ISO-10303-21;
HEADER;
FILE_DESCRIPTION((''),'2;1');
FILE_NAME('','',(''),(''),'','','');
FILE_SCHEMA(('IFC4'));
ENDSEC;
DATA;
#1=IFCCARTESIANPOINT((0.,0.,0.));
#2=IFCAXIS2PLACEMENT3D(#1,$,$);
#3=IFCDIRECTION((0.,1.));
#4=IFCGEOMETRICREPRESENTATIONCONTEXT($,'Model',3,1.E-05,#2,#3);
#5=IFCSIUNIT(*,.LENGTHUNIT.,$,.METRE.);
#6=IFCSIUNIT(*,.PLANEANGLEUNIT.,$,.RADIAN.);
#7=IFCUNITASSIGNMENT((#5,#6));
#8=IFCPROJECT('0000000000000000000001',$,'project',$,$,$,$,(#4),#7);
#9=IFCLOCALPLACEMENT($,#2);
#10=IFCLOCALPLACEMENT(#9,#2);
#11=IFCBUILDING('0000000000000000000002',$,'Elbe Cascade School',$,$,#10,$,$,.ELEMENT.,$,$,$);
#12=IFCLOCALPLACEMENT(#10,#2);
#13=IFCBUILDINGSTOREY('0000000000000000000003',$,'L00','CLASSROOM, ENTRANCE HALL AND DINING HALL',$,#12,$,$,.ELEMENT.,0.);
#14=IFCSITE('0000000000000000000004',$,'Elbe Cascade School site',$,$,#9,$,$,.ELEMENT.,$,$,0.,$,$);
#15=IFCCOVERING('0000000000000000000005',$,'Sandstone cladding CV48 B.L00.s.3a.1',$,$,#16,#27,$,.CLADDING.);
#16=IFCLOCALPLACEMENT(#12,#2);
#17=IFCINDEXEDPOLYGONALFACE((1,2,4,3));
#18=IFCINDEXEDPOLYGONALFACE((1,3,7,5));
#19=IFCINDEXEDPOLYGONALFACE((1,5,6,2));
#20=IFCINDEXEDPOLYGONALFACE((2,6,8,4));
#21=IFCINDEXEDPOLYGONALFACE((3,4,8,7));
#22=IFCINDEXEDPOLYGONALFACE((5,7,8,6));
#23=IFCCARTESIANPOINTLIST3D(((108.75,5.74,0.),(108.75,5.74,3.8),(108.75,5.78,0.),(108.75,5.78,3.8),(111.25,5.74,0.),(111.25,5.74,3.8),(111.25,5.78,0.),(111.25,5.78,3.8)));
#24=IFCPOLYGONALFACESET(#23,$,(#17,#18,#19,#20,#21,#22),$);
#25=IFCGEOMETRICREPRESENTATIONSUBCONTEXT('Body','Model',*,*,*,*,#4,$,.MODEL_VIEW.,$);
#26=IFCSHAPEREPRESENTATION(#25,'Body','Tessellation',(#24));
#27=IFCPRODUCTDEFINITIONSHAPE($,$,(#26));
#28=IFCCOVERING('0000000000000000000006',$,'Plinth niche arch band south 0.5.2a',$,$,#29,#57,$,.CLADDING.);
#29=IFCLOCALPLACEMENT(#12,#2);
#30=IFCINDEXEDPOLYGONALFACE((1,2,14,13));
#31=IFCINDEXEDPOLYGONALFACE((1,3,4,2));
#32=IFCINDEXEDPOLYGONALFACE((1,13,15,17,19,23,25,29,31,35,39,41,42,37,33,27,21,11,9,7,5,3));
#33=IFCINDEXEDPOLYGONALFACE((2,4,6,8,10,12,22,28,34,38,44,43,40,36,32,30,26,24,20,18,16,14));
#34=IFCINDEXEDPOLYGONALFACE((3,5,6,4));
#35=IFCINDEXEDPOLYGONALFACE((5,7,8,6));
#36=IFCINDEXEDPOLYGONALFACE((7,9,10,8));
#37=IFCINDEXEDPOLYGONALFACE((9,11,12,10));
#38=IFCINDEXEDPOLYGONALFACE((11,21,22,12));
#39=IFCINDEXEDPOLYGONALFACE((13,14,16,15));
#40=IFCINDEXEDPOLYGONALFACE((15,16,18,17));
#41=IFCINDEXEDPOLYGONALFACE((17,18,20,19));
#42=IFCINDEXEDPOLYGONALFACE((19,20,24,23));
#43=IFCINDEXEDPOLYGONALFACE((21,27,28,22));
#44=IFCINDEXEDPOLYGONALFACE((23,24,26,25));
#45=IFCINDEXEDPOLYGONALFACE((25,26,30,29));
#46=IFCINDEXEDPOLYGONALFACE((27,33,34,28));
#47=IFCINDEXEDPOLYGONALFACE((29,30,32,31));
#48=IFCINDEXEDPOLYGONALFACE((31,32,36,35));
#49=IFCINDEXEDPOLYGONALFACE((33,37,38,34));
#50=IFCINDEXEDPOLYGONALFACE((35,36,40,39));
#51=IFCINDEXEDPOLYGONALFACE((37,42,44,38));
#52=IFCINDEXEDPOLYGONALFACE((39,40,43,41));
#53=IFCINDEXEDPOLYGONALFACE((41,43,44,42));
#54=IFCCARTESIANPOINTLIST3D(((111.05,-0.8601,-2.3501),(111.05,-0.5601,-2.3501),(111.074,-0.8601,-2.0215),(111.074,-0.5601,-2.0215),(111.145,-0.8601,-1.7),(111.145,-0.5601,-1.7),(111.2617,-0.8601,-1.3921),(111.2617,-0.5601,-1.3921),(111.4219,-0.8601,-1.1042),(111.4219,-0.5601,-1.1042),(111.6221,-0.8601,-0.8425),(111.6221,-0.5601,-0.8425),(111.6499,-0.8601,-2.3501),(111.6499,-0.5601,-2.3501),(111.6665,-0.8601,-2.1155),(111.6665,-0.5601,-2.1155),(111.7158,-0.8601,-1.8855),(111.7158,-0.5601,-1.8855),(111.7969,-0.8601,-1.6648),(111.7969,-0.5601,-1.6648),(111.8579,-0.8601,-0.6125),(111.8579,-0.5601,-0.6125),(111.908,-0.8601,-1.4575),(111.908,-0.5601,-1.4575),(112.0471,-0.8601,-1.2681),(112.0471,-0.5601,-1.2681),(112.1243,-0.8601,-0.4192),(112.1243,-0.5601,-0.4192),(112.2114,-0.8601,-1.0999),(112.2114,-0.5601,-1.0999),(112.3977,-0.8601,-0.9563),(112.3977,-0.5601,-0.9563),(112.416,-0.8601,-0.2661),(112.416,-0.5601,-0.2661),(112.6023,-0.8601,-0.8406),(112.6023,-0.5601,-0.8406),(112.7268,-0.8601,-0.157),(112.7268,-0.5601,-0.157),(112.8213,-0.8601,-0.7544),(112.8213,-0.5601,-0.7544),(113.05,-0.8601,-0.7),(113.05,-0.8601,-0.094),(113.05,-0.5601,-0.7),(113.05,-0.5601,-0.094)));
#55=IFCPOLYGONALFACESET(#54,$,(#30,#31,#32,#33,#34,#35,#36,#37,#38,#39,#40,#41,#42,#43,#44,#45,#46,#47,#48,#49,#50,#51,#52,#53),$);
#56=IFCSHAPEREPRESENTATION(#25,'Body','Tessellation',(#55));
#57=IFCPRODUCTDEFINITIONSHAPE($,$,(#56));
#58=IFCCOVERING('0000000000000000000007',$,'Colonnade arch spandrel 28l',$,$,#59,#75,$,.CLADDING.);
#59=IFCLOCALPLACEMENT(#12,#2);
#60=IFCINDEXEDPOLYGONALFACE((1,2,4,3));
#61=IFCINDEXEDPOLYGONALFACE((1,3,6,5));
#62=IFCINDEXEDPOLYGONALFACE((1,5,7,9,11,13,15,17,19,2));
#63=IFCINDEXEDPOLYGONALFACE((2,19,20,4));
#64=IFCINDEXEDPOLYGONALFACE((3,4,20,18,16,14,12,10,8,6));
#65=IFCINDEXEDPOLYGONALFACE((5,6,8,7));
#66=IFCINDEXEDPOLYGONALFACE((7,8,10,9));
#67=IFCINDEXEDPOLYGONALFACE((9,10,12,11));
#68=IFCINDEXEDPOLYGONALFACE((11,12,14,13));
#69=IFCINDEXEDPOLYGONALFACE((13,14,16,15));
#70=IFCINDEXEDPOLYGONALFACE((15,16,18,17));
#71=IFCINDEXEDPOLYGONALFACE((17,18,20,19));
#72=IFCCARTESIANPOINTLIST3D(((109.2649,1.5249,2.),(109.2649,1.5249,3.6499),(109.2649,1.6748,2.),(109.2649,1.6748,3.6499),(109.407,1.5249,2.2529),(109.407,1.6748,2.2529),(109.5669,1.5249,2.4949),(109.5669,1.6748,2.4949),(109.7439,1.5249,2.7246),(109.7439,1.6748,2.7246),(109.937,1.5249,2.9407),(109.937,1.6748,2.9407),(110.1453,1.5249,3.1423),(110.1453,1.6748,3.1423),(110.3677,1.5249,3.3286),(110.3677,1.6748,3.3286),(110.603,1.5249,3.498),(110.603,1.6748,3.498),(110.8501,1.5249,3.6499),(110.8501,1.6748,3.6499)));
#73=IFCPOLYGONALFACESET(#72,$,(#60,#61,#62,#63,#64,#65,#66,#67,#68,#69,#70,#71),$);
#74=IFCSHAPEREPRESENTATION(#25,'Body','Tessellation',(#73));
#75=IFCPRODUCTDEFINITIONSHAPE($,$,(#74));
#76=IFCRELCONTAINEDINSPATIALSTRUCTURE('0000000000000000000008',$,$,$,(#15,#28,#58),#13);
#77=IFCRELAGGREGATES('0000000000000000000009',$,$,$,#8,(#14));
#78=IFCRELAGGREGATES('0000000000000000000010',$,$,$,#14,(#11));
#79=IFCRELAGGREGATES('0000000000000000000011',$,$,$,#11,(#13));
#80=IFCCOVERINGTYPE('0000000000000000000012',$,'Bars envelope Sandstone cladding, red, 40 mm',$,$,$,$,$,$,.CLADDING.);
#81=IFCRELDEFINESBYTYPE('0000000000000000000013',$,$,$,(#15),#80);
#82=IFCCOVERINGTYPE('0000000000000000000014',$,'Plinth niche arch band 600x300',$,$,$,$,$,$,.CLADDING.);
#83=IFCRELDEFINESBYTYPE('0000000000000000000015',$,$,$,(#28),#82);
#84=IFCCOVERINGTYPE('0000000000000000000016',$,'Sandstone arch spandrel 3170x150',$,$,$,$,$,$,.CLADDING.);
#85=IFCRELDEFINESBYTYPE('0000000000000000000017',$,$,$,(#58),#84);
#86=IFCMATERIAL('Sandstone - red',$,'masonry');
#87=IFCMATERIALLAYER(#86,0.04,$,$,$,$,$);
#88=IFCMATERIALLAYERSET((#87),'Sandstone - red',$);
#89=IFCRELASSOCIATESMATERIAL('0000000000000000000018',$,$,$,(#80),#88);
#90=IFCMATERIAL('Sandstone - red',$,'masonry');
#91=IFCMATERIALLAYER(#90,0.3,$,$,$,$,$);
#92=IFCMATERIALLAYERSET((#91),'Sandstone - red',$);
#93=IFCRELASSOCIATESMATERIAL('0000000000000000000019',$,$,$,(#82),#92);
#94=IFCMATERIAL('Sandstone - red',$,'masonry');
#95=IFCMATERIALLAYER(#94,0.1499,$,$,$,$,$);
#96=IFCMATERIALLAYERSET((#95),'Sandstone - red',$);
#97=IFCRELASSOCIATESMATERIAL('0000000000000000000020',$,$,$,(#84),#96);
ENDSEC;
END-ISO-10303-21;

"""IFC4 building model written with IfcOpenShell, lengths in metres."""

from ifc_helpers import new_model, si_unit, direction, frame, origin, origin_2d, place, context, subcontext, project, spatial, polyline, rectangle, outline, extrude, material, layer, layer_set, type_object, element, save


model = new_model("IFC4")

# Units and contexts
model_context = context("Model", 3, precision=1e-05, world=origin(), true_north=direction((0.0, 1.0)))
body_context = subcontext(model_context, "Body", "Model", "MODEL_VIEW")
ifc_project = project(units=[si_unit("LENGTHUNIT", "METRE"), si_unit("PLANEANGLEUNIT", "RADIAN")], contexts=[model_context])

# Site, building, storey
site_placement = place(None, origin())
site = spatial("IfcSite", under=ifc_project, at=site_placement, Name="Elbe Cascade School site", CompositionType="ELEMENT", RefElevation=0.0)
building_placement = place(site_placement, origin())
building = spatial("IfcBuilding", under=site, at=building_placement, Name="Elbe Cascade School", CompositionType="ELEMENT")
storey_placement = place(building_placement, origin())
storey = spatial("IfcBuildingStorey", under=building, at=storey_placement, Name="L00", Description="CLASSROOM, ENTRANCE HALL AND DINING HALL", CompositionType="ELEMENT", Elevation=0.0)

# Coverings
ifc_material_1 = material(Name="Sandstone - red", Category="masonry")
ifc_layer_1 = layer(ifc_material_1, 0.04)
ifc_layer_set_1 = layer_set([ifc_layer_1], Name="Sandstone - red")
covering_type_1 = type_object("IfcCoveringType", Name="Bars envelope Sandstone cladding, red, 40 mm", PredefinedType="CLADDING", material=ifc_layer_set_1)
covering_1_placement = place(storey_placement, frame((110.0, 5.76, 0.0), z_axis=(0.0, 0.0, 1.0), x_axis=(1.0, 0.0, 0.0)))
element("IfcCovering", 1, at=covering_1_placement, inside=storey, type_object=covering_type_1, Name="Sandstone cladding CV48 B.L00.s.3a.1", PredefinedType="CLADDING", context=body_context, shape_type="SweptSolid", body=[
    extrude(rectangle(XDim=2.5, YDim=0.04, at=origin_2d()), origin(), (0.0, 0.0, 1.0), 3.8),
])
ifc_material_2 = material(Name="Sandstone - red", Category="masonry")
ifc_layer_2 = layer(ifc_material_2, 0.3)
ifc_layer_set_2 = layer_set([ifc_layer_2], Name="Sandstone - red")
covering_type_2 = type_object("IfcCoveringType", Name="Plinth niche arch band 600x300", PredefinedType="CLADDING", material=ifc_layer_set_2)
covering_2_placement = place(storey_placement, frame((111.05, -0.8601, -2.3501), z_axis=(0.0, -1.0, 0.0), x_axis=(1.0, 0.0, 0.0)))
element("IfcCovering", 2, at=covering_2_placement, inside=storey, type_object=covering_type_2, Name="Plinth niche arch band south 0.5.2a", PredefinedType="CLADDING", context=body_context, shape_type="SweptSolid", body=[
    extrude(outline(polyline([(0.0, 0.0), (0.5999, 0.0), (0.6165, 0.2346), (0.6658, 0.4646), (0.7468, 0.6853), (0.8579, 0.8926), (0.9971, 1.082), (1.1614, 1.2502), (1.3477, 1.3938), (1.5522, 1.5095), (1.7712, 1.5957), (2.0, 1.6501), (2.0, 2.2561), (1.6768, 2.1931), (1.366, 2.084), (1.0742, 1.9309), (0.8079, 1.7375), (0.572, 1.5076), (0.3718, 1.2458), (0.2117, 0.958), (0.095, 0.6501), (0.0239, 0.3286), (0.0, 0.0)])), origin(), (0.0, 0.0, -1.0), 0.3),
])
ifc_material_3 = material(Name="Sandstone - red", Category="masonry")
ifc_layer_3 = layer(ifc_material_3, 0.1499)
ifc_layer_set_3 = layer_set([ifc_layer_3], Name="Sandstone - red")
covering_type_3 = type_object("IfcCoveringType", Name="Sandstone arch spandrel 3170x150", PredefinedType="CLADDING", material=ifc_layer_set_3)
covering_3_placement = place(storey_placement, frame((109.2649, 1.5249, 3.6499), z_axis=(0.0, -1.0, 0.0), x_axis=(0.0, 0.0, -1.0)))
element("IfcCovering", 3, at=covering_3_placement, inside=storey, type_object=covering_type_3, Name="Colonnade arch spandrel 28l", PredefinedType="CLADDING", context=body_context, shape_type="SweptSolid", body=[
    extrude(outline(polyline([(0.0, 0.0), (1.6499, 0.0), (1.397, 0.1421), (1.155, 0.302), (0.9253, 0.479), (0.7092, 0.6721), (0.5076, 0.8804), (0.3213, 1.1028), (0.1519, 1.3381), (0.0, 1.5852), (0.0, 0.0)])), origin(), (0.0, 0.0, -1.0), 0.1499),
])

save(model, "model.ifc")
